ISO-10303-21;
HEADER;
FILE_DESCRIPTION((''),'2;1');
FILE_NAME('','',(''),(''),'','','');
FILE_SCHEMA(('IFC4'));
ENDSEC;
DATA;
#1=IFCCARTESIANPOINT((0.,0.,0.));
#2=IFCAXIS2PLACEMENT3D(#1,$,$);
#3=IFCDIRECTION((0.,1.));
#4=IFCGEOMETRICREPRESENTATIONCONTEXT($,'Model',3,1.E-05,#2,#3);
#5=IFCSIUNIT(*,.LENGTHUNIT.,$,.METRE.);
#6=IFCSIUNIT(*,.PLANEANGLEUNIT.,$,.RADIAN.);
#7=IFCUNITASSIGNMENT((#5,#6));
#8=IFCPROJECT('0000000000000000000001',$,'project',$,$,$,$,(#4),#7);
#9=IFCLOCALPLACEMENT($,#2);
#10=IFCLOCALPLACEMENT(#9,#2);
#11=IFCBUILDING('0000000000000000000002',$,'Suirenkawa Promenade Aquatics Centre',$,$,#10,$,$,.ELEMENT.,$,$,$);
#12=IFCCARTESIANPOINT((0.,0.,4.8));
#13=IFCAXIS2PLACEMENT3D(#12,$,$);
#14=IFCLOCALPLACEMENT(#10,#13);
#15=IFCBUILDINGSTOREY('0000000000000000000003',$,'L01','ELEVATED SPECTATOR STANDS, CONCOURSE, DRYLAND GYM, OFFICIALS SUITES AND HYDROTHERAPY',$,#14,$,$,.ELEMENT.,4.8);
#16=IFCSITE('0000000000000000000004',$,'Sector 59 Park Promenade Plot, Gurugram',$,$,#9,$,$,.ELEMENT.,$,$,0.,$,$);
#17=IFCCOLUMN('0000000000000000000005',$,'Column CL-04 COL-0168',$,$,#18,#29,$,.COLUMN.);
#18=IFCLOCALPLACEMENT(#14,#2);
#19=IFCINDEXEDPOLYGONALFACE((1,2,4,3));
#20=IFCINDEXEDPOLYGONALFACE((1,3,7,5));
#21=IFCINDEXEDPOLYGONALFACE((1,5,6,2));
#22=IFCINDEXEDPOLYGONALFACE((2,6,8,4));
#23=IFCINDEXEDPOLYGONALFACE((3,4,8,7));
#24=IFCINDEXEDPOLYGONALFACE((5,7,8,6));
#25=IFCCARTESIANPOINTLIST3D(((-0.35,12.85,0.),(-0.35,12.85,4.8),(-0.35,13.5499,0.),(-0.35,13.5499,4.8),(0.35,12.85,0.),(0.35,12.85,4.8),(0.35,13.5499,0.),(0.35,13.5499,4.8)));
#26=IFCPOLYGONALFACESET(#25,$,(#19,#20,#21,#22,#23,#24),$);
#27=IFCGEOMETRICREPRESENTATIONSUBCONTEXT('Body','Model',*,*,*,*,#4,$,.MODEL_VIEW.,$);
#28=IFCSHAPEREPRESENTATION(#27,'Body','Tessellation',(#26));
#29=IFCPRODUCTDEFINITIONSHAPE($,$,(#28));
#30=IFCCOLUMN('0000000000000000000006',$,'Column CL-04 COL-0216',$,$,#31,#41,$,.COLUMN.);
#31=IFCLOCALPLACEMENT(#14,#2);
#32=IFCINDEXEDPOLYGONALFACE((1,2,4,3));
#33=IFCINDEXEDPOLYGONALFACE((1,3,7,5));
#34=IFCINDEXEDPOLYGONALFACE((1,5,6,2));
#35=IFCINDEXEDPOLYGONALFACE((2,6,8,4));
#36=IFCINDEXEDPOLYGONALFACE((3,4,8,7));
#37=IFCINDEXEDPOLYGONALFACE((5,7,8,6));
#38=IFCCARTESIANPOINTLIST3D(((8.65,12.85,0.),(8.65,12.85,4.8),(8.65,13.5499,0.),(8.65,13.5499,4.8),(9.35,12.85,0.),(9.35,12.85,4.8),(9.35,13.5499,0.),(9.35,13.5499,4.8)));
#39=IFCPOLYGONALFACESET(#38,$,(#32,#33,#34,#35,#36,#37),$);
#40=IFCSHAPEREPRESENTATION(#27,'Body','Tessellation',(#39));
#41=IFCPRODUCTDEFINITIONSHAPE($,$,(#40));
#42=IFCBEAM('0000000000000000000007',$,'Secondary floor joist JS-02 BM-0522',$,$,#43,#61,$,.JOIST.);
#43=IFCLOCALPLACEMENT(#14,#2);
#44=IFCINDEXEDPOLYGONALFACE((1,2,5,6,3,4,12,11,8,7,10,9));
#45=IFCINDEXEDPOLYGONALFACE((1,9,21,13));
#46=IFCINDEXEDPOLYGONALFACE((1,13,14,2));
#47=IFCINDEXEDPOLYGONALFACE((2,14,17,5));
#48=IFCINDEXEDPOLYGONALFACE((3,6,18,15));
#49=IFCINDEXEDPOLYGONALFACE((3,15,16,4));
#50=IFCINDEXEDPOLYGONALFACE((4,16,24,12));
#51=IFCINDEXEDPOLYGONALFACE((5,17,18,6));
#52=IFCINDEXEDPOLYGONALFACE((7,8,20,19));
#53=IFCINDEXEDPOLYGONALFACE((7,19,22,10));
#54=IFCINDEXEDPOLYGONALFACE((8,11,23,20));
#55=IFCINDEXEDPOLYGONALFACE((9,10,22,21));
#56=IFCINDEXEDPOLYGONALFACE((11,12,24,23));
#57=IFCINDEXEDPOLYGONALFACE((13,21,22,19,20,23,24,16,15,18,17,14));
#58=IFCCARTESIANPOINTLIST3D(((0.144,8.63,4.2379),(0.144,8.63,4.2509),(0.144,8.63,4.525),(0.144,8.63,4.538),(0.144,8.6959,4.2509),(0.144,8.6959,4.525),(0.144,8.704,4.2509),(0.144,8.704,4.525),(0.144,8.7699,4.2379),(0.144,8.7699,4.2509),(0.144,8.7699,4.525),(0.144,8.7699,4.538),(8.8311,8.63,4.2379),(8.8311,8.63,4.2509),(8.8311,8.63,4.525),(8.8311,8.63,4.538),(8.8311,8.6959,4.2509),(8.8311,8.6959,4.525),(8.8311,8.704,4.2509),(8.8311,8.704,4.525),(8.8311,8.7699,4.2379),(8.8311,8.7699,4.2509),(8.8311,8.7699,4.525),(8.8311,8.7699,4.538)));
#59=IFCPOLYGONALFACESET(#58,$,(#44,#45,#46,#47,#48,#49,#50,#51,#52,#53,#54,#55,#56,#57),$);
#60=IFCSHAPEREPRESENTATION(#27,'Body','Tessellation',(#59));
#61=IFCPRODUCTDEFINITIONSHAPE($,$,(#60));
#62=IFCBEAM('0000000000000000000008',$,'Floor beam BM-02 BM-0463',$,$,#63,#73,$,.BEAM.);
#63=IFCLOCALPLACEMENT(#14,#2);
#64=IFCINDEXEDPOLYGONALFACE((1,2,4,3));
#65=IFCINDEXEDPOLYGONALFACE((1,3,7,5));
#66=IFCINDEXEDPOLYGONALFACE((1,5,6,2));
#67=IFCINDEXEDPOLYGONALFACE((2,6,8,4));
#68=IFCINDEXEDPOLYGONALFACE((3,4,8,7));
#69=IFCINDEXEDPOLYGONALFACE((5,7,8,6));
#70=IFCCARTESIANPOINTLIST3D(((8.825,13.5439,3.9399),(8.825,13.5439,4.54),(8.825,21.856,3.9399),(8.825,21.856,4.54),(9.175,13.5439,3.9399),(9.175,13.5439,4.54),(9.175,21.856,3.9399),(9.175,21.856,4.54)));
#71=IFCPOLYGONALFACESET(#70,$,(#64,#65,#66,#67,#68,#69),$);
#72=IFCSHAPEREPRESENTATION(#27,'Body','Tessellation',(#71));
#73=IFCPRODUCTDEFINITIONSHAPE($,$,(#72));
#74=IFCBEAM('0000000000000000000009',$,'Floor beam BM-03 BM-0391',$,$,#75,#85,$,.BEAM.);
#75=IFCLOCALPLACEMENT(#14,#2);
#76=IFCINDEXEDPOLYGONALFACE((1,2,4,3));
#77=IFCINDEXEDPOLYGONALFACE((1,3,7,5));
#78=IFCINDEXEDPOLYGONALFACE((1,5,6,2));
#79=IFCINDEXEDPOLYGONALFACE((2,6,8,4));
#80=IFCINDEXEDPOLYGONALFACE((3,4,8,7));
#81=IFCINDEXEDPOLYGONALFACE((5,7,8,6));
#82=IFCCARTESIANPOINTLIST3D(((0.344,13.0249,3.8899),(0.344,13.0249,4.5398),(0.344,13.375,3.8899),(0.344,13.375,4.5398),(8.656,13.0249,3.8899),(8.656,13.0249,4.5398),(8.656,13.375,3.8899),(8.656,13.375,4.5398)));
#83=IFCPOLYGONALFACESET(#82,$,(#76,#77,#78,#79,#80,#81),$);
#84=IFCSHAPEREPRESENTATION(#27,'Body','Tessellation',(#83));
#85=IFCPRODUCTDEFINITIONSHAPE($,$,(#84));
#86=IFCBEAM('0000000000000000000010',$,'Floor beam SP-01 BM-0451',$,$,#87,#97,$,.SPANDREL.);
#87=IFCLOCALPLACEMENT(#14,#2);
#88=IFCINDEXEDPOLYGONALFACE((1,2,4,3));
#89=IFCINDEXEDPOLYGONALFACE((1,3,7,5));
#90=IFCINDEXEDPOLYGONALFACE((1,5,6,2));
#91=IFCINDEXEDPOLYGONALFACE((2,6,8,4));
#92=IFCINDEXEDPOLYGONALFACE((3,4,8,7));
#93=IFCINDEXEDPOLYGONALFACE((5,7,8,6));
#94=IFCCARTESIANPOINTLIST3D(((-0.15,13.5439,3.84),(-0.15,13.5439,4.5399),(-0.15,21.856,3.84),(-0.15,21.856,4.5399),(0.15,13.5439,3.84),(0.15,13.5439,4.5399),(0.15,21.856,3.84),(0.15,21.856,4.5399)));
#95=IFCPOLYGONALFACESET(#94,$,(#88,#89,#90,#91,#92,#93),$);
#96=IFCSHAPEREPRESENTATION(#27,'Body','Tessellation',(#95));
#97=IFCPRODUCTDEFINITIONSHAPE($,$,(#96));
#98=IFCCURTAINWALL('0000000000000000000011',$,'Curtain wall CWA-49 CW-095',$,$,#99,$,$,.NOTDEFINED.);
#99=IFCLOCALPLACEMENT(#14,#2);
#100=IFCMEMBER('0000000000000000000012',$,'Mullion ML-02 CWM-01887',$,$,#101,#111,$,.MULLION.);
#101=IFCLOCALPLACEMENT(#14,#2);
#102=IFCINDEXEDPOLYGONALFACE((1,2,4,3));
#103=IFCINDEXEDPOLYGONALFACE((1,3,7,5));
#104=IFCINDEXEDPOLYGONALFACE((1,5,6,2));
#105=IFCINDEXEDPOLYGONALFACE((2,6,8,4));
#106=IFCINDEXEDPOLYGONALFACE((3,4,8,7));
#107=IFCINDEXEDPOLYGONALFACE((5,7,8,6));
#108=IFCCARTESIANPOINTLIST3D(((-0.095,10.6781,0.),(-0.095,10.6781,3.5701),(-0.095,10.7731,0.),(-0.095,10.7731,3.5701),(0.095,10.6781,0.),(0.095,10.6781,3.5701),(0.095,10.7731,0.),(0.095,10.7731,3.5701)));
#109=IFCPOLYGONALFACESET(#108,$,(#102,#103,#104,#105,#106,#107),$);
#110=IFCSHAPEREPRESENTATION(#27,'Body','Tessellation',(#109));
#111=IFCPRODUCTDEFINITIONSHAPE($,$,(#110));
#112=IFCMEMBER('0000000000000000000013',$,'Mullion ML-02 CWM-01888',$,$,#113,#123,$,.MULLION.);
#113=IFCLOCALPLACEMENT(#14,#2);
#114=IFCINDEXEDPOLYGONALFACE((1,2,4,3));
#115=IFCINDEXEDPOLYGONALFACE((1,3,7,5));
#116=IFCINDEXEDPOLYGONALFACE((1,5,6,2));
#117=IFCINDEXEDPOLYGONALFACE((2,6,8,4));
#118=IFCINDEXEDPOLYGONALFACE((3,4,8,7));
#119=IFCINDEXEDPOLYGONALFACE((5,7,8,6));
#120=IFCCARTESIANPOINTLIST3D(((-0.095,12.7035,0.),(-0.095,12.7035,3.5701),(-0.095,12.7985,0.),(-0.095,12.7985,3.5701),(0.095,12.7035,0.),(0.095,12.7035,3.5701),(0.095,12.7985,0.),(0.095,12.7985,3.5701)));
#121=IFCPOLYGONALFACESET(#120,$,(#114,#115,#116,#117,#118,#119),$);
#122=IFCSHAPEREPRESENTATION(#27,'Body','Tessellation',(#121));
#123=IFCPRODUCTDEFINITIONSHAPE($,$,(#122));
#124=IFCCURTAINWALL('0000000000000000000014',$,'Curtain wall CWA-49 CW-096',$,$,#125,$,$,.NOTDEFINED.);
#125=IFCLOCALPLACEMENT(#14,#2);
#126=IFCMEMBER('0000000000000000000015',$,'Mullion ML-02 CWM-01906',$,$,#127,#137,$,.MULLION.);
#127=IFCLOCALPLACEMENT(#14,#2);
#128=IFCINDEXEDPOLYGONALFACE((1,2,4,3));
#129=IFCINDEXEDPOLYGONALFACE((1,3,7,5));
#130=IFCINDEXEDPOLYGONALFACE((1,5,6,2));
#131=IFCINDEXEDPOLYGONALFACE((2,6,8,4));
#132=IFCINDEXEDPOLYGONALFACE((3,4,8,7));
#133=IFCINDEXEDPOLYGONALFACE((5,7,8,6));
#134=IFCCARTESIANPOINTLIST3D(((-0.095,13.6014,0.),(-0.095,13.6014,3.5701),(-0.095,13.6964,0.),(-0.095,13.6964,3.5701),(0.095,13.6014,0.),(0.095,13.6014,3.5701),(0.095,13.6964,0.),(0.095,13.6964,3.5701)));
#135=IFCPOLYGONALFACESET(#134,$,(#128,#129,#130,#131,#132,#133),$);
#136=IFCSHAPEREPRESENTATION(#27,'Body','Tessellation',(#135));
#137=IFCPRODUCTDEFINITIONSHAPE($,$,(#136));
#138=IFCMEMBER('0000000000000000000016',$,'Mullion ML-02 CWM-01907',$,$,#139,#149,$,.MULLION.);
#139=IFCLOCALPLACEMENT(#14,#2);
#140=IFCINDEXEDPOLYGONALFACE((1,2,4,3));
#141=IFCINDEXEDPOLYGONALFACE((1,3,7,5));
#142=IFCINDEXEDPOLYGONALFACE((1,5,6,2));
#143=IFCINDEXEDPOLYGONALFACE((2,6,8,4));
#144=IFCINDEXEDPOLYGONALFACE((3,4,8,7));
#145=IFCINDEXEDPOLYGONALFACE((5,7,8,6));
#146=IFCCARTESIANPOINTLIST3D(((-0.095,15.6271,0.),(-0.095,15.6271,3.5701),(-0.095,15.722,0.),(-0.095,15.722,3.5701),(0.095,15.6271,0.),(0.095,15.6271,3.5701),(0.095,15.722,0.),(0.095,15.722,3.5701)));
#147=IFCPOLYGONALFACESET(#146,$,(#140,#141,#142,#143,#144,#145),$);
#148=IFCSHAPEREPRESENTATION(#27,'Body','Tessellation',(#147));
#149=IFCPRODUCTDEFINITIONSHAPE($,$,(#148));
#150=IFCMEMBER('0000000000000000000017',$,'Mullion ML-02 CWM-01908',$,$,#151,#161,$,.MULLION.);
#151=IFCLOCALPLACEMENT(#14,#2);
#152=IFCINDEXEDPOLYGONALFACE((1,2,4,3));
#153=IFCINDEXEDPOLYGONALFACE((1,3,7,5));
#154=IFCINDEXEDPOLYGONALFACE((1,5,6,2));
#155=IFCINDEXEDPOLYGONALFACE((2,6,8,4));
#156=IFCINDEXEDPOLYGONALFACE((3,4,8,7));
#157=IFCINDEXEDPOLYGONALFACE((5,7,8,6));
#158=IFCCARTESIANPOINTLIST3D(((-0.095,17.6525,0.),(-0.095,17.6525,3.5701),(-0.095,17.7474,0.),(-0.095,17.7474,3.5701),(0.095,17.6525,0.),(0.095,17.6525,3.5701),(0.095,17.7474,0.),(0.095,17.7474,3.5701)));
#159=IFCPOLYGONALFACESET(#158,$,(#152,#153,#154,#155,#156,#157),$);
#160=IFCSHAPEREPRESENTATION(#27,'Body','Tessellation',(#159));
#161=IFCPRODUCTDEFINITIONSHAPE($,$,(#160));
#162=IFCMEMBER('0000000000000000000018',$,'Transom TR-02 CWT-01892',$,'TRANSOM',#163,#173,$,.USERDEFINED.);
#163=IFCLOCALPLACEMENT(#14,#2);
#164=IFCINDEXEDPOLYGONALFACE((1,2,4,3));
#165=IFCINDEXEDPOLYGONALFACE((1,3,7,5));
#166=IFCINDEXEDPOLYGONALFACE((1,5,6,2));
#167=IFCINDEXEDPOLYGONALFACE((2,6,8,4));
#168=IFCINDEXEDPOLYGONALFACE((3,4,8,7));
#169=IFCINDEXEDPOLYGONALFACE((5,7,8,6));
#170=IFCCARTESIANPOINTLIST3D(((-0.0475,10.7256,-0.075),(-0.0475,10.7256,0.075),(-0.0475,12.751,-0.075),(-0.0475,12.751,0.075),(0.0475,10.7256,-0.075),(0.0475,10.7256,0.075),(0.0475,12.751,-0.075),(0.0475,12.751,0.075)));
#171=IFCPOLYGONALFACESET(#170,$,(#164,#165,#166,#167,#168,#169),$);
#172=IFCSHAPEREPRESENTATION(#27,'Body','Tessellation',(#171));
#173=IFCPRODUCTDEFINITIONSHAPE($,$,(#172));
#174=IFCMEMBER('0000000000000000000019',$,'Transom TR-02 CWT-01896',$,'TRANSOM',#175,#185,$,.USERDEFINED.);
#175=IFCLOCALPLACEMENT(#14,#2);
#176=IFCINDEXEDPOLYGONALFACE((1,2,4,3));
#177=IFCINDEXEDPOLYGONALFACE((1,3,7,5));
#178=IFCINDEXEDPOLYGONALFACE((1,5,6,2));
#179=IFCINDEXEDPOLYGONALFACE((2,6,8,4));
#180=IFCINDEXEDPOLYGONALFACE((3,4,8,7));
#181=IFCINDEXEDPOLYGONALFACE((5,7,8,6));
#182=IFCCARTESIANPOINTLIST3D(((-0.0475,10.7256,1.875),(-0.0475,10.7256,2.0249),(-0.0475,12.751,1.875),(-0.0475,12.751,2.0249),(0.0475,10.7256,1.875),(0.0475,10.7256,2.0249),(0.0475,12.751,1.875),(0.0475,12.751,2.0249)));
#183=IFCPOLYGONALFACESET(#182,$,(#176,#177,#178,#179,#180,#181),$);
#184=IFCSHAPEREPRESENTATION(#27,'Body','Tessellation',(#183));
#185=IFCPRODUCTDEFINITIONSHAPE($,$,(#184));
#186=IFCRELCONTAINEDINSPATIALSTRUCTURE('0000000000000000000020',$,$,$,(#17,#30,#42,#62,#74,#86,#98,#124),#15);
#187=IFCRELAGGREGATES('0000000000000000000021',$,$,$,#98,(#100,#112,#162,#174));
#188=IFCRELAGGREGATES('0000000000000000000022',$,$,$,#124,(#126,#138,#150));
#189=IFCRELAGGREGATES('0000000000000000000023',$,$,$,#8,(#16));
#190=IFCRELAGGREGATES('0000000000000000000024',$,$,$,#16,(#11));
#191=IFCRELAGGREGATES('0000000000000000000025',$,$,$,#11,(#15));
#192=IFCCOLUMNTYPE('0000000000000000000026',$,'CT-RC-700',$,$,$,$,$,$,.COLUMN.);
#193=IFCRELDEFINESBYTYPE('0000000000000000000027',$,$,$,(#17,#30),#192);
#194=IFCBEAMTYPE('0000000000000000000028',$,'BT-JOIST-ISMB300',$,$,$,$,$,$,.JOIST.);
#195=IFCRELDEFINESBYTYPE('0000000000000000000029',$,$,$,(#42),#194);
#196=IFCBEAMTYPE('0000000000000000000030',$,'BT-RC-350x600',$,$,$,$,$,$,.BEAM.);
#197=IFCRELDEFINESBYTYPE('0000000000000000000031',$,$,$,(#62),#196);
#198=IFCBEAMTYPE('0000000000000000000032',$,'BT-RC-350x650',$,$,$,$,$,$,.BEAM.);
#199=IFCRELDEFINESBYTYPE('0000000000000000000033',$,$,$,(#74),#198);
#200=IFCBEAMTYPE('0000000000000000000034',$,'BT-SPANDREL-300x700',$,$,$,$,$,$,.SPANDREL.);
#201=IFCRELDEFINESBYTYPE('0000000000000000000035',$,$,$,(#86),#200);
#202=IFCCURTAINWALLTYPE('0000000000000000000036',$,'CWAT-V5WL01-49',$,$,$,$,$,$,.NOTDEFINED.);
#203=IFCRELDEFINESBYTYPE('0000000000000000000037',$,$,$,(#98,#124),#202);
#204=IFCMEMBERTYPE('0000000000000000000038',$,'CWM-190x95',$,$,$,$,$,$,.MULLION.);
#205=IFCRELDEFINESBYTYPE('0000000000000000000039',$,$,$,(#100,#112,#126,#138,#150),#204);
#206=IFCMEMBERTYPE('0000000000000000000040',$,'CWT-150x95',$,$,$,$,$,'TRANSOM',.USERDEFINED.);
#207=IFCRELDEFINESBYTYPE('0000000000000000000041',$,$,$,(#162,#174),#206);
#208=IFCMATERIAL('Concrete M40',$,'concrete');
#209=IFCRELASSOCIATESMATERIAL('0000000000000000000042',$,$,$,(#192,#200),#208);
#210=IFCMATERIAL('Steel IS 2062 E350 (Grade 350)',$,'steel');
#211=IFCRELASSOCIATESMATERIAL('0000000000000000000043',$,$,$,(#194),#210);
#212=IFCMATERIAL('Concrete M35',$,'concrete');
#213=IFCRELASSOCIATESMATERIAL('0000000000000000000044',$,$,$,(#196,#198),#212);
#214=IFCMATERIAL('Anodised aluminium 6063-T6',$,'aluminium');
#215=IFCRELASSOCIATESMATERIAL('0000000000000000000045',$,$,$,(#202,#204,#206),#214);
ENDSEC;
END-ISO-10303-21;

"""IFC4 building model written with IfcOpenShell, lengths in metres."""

from ifc_helpers import new_model, si_unit, direction, frame, origin, origin_2d, place, context, subcontext, project, spatial, rectangle, i_section, extrude, material, material_profile, profile_set, type_object, element, aggregate, save


model = new_model("IFC4")

# Units and contexts
model_context = context("Model", 3, precision=1e-05, world=origin(), true_north=direction((0.0, 1.0)))
body_context = subcontext(model_context, "Body", "Model", "MODEL_VIEW")
ifc_project = project(units=[si_unit("LENGTHUNIT", "METRE"), si_unit("PLANEANGLEUNIT", "RADIAN")], contexts=[model_context])

# Site, building, storey
site_placement = place(None, origin())
site = spatial("IfcSite", under=ifc_project, at=site_placement, Name="Sector 59 Park Promenade Plot, Gurugram", CompositionType="ELEMENT", RefElevation=0.0)
building_placement = place(site_placement, origin())
building = spatial("IfcBuilding", under=site, at=building_placement, Name="Suirenkawa Promenade Aquatics Centre", CompositionType="ELEMENT")
storey_placement = place(building_placement, frame((0.0, 0.0, 4.8)))
storey = spatial("IfcBuildingStorey", under=building, at=storey_placement, Name="L01", Description="ELEVATED SPECTATOR STANDS, CONCOURSE, DRYLAND GYM, OFFICIALS SUITES AND HYDROTHERAPY", CompositionType="ELEMENT", Elevation=4.8)

# Columns
ifc_material_1 = material(Name="Concrete M40", Category="concrete")
ifc_material_profile_1 = material_profile(ifc_material_1, rectangle(XDim=0.7, YDim=0.7, at=origin_2d()), Name="RC COL 700x700", Category="concrete")
ifc_profile_set_1 = profile_set([ifc_material_profile_1], Name="Concrete M40")
column_type = type_object("IfcColumnType", Name="CT-RC-700", PredefinedType="COLUMN", material=ifc_profile_set_1)
for number, where, z_axis, x_axis, name in (
    (1, (0.0, 13.2, 0.0), (0.0, 0.0, 1.0), (1.0, 0.0, 0.0), "Column CL-04 COL-0168"),
    (2, (9.0, 13.2, 0.0), (0.0, 0.0, 1.0), (1.0, 0.0, 0.0), "Column CL-04 COL-0216"),
):
    element("IfcColumn", number, at=place(storey_placement, frame(where, z_axis=z_axis, x_axis=x_axis)), inside=storey, type_object=column_type, Name=name, PredefinedType="COLUMN", context=body_context, shape_type="SweptSolid", body=[
        extrude(rectangle(XDim=0.7, YDim=0.7, at=origin_2d()), origin(), (0.0, 0.0, 1.0), 4.8),
    ])

# Beams
ifc_material_2 = material(Name="Steel IS 2062 E350 (Grade 350)", Category="steel")
ifc_material_profile_2 = material_profile(ifc_material_2, i_section(OverallWidth=0.1399, OverallDepth=0.3, WebThickness=0.0081, FlangeThickness=0.0129, at=origin_2d()), Name="ISMB 300", Category="steel")
ifc_profile_set_2 = profile_set([ifc_material_profile_2], Name="Steel IS 2062 E350 (Grade 350)")
beam_type_1 = type_object("IfcBeamType", Name="BT-JOIST-ISMB300", PredefinedType="JOIST", material=ifc_profile_set_2)
beam_1_placement = place(storey_placement, frame((0.144, 8.7, 4.3879), z_axis=(1.0, 0.0, 0.0), x_axis=(0.0, 1.0, 0.0)))
element("IfcBeam", 3, at=beam_1_placement, inside=storey, type_object=beam_type_1, Name="Secondary floor joist JS-02 BM-0522", PredefinedType="JOIST", context=body_context, shape_type="SweptSolid", body=[
    extrude(i_section(OverallWidth=0.1399, OverallDepth=0.3, WebThickness=0.0081, FlangeThickness=0.0129, at=origin_2d()), origin(), (0.0, 0.0, 1.0), 8.687),
])
ifc_material_3 = material(Name="Concrete M35", Category="concrete")
ifc_material_profile_3 = material_profile(ifc_material_3, rectangle(XDim=0.3501, YDim=0.6001, at=origin_2d()), Name="RC BM 350x600", Category="concrete")
ifc_profile_set_3 = profile_set([ifc_material_profile_3], Name="Concrete M35")
beam_type_2 = type_object("IfcBeamType", Name="BT-RC-350x600", PredefinedType="BEAM", material=ifc_profile_set_3)
beam_2_placement = place(storey_placement, frame((9.0, 13.5439, 4.24), z_axis=(0.0, 1.0, 0.0), x_axis=(-1.0, 0.0, 0.0)))
element("IfcBeam", 4, at=beam_2_placement, inside=storey, type_object=beam_type_2, Name="Floor beam BM-02 BM-0463", PredefinedType="BEAM", context=body_context, shape_type="SweptSolid", body=[
    extrude(rectangle(XDim=0.3501, YDim=0.6001, at=origin_2d()), origin(), (0.0, 0.0, 1.0), 8.312),
])
ifc_material_profile_4 = material_profile(ifc_material_3, rectangle(XDim=0.3501, YDim=0.6499, at=origin_2d()), Name="RC BM 350x650", Category="concrete")
ifc_profile_set_4 = profile_set([ifc_material_profile_4], Name="Concrete M35")
beam_type_3 = type_object("IfcBeamType", Name="BT-RC-350x650", PredefinedType="BEAM", material=ifc_profile_set_4)
beam_3_placement = place(storey_placement, frame((0.344, 13.2, 4.2148), z_axis=(1.0, 0.0, 0.0), x_axis=(0.0, 1.0, 0.0)))
element("IfcBeam", 5, at=beam_3_placement, inside=storey, type_object=beam_type_3, Name="Floor beam BM-03 BM-0391", PredefinedType="BEAM", context=body_context, shape_type="SweptSolid", body=[
    extrude(rectangle(XDim=0.3501, YDim=0.6499, at=origin_2d()), origin(), (0.0, 0.0, 1.0), 8.312),
])
ifc_material_profile_5 = material_profile(ifc_material_1, rectangle(XDim=0.3, YDim=0.7, at=origin_2d()), Name="RC SPANDREL 300x700", Category="concrete")
ifc_profile_set_5 = profile_set([ifc_material_profile_5], Name="Concrete M40")
beam_type_4 = type_object("IfcBeamType", Name="BT-SPANDREL-300x700", PredefinedType="SPANDREL", material=ifc_profile_set_5)
beam_4_placement = place(storey_placement, frame((0.0, 13.5439, 4.1899), z_axis=(0.0, 1.0, 0.0), x_axis=(-1.0, 0.0, 0.0)))
element("IfcBeam", 6, at=beam_4_placement, inside=storey, type_object=beam_type_4, Name="Floor beam SP-01 BM-0451", PredefinedType="SPANDREL", context=body_context, shape_type="SweptSolid", body=[
    extrude(rectangle(XDim=0.3, YDim=0.7, at=origin_2d()), origin(), (0.0, 0.0, 1.0), 8.312),
])

# Curtain walls, members
ifc_material_4 = material(Name="Anodised aluminium 6063-T6", Category="aluminium")
curtain_wall_type = type_object("IfcCurtainWallType", Name="CWAT-V5WL01-49", PredefinedType="NOTDEFINED", material=ifc_material_4)
curtain_wall_1_placement = place(storey_placement, origin())
curtain_wall_1 = element("IfcCurtainWall", 7, at=curtain_wall_1_placement, inside=storey, type_object=curtain_wall_type, Name="Curtain wall CWA-49 CW-095", PredefinedType="NOTDEFINED")
ifc_material_profile_6 = material_profile(ifc_material_4, rectangle(XDim=0.095, YDim=0.1899, at=origin_2d()), Name="ALU MULL 95x190", Category="aluminium")
ifc_profile_set_6 = profile_set([ifc_material_profile_6], Name="Anodised aluminium 6063-T6")
member_type_1 = type_object("IfcMemberType", Name="CWM-190x95", PredefinedType="MULLION", material=ifc_profile_set_6)
member_1_placement = place(storey_placement, frame((0.0, 10.7256, 0.0), z_axis=(0.0, 0.0, 1.0), x_axis=(0.0, 1.0, 0.0)))
member_1 = element("IfcMember", 8, at=member_1_placement, type_object=member_type_1, Name="Mullion ML-02 CWM-01887", PredefinedType="MULLION", context=body_context, shape_type="SweptSolid", body=[
    extrude(rectangle(XDim=0.095, YDim=0.1899, at=origin_2d()), origin(), (0.0, 0.0, 1.0), 3.5701),
])
member_2_placement = place(storey_placement, frame((0.0, 12.751, 0.0), z_axis=(0.0, 0.0, 1.0), x_axis=(0.0, 1.0, 0.0)))
member_2 = element("IfcMember", 9, at=member_2_placement, type_object=member_type_1, Name="Mullion ML-02 CWM-01888", PredefinedType="MULLION", context=body_context, shape_type="SweptSolid", body=[
    extrude(rectangle(XDim=0.095, YDim=0.1899, at=origin_2d()), origin(), (0.0, 0.0, 1.0), 3.5701),
])
curtain_wall_2_placement = place(storey_placement, origin())
curtain_wall_2 = element("IfcCurtainWall", 10, at=curtain_wall_2_placement, inside=storey, type_object=curtain_wall_type, Name="Curtain wall CWA-49 CW-096", PredefinedType="NOTDEFINED")
member_3_placement = place(storey_placement, frame((0.0, 13.6489, 0.0), z_axis=(0.0, 0.0, 1.0), x_axis=(0.0, 1.0, 0.0)))
member_3 = element("IfcMember", 11, at=member_3_placement, type_object=member_type_1, Name="Mullion ML-02 CWM-01906", PredefinedType="MULLION", context=body_context, shape_type="SweptSolid", body=[
    extrude(rectangle(XDim=0.095, YDim=0.1899, at=origin_2d()), origin(), (0.0, 0.0, 1.0), 3.5701),
])
member_4_placement = place(storey_placement, frame((0.0, 15.6746, 0.0), z_axis=(0.0, 0.0, 1.0), x_axis=(0.0, 1.0, 0.0)))
member_4 = element("IfcMember", 12, at=member_4_placement, type_object=member_type_1, Name="Mullion ML-02 CWM-01907", PredefinedType="MULLION", context=body_context, shape_type="SweptSolid", body=[
    extrude(rectangle(XDim=0.095, YDim=0.1899, at=origin_2d()), origin(), (0.0, 0.0, 1.0), 3.5701),
])
member_5_placement = place(storey_placement, frame((0.0, 17.7, 0.0), z_axis=(0.0, 0.0, 1.0), x_axis=(0.0, 1.0, 0.0)))
member_5 = element("IfcMember", 13, at=member_5_placement, type_object=member_type_1, Name="Mullion ML-02 CWM-01908", PredefinedType="MULLION", context=body_context, shape_type="SweptSolid", body=[
    extrude(rectangle(XDim=0.095, YDim=0.1899, at=origin_2d()), origin(), (0.0, 0.0, 1.0), 3.5701),
])

# Members
ifc_material_profile_7 = material_profile(ifc_material_4, rectangle(XDim=0.095, YDim=0.1499, at=origin_2d()), Name="ALU TRAN 95x150", Category="aluminium")
ifc_profile_set_7 = profile_set([ifc_material_profile_7], Name="Anodised aluminium 6063-T6")
member_type_2 = type_object("IfcMemberType", Name="CWT-150x95", ElementType="TRANSOM", PredefinedType="USERDEFINED", material=ifc_profile_set_7)
member_6_placement = place(storey_placement, frame((0.0, 10.7256, 0.0), z_axis=(0.0, 1.0, 0.0), x_axis=(-1.0, 0.0, 0.0)))
member_6 = element("IfcMember", 14, at=member_6_placement, type_object=member_type_2, Name="Transom TR-02 CWT-01892", ObjectType="TRANSOM", PredefinedType="USERDEFINED", context=body_context, shape_type="SweptSolid", body=[
    extrude(rectangle(XDim=0.095, YDim=0.1499, at=origin_2d()), origin(), (0.0, 0.0, 1.0), 2.0254),
])
member_7_placement = place(storey_placement, frame((0.0, 10.7256, 1.95), z_axis=(0.0, 1.0, 0.0), x_axis=(-1.0, 0.0, 0.0)))
member_7 = element("IfcMember", 15, at=member_7_placement, type_object=member_type_2, Name="Transom TR-02 CWT-01896", ObjectType="TRANSOM", PredefinedType="USERDEFINED", context=body_context, shape_type="SweptSolid", body=[
    extrude(rectangle(XDim=0.095, YDim=0.1499, at=origin_2d()), origin(), (0.0, 0.0, 1.0), 2.0254),
])

aggregate(curtain_wall_1, [member_1, member_2, member_6, member_7])
aggregate(curtain_wall_2, [member_3, member_4, member_5])

save(model, "model.ifc")
